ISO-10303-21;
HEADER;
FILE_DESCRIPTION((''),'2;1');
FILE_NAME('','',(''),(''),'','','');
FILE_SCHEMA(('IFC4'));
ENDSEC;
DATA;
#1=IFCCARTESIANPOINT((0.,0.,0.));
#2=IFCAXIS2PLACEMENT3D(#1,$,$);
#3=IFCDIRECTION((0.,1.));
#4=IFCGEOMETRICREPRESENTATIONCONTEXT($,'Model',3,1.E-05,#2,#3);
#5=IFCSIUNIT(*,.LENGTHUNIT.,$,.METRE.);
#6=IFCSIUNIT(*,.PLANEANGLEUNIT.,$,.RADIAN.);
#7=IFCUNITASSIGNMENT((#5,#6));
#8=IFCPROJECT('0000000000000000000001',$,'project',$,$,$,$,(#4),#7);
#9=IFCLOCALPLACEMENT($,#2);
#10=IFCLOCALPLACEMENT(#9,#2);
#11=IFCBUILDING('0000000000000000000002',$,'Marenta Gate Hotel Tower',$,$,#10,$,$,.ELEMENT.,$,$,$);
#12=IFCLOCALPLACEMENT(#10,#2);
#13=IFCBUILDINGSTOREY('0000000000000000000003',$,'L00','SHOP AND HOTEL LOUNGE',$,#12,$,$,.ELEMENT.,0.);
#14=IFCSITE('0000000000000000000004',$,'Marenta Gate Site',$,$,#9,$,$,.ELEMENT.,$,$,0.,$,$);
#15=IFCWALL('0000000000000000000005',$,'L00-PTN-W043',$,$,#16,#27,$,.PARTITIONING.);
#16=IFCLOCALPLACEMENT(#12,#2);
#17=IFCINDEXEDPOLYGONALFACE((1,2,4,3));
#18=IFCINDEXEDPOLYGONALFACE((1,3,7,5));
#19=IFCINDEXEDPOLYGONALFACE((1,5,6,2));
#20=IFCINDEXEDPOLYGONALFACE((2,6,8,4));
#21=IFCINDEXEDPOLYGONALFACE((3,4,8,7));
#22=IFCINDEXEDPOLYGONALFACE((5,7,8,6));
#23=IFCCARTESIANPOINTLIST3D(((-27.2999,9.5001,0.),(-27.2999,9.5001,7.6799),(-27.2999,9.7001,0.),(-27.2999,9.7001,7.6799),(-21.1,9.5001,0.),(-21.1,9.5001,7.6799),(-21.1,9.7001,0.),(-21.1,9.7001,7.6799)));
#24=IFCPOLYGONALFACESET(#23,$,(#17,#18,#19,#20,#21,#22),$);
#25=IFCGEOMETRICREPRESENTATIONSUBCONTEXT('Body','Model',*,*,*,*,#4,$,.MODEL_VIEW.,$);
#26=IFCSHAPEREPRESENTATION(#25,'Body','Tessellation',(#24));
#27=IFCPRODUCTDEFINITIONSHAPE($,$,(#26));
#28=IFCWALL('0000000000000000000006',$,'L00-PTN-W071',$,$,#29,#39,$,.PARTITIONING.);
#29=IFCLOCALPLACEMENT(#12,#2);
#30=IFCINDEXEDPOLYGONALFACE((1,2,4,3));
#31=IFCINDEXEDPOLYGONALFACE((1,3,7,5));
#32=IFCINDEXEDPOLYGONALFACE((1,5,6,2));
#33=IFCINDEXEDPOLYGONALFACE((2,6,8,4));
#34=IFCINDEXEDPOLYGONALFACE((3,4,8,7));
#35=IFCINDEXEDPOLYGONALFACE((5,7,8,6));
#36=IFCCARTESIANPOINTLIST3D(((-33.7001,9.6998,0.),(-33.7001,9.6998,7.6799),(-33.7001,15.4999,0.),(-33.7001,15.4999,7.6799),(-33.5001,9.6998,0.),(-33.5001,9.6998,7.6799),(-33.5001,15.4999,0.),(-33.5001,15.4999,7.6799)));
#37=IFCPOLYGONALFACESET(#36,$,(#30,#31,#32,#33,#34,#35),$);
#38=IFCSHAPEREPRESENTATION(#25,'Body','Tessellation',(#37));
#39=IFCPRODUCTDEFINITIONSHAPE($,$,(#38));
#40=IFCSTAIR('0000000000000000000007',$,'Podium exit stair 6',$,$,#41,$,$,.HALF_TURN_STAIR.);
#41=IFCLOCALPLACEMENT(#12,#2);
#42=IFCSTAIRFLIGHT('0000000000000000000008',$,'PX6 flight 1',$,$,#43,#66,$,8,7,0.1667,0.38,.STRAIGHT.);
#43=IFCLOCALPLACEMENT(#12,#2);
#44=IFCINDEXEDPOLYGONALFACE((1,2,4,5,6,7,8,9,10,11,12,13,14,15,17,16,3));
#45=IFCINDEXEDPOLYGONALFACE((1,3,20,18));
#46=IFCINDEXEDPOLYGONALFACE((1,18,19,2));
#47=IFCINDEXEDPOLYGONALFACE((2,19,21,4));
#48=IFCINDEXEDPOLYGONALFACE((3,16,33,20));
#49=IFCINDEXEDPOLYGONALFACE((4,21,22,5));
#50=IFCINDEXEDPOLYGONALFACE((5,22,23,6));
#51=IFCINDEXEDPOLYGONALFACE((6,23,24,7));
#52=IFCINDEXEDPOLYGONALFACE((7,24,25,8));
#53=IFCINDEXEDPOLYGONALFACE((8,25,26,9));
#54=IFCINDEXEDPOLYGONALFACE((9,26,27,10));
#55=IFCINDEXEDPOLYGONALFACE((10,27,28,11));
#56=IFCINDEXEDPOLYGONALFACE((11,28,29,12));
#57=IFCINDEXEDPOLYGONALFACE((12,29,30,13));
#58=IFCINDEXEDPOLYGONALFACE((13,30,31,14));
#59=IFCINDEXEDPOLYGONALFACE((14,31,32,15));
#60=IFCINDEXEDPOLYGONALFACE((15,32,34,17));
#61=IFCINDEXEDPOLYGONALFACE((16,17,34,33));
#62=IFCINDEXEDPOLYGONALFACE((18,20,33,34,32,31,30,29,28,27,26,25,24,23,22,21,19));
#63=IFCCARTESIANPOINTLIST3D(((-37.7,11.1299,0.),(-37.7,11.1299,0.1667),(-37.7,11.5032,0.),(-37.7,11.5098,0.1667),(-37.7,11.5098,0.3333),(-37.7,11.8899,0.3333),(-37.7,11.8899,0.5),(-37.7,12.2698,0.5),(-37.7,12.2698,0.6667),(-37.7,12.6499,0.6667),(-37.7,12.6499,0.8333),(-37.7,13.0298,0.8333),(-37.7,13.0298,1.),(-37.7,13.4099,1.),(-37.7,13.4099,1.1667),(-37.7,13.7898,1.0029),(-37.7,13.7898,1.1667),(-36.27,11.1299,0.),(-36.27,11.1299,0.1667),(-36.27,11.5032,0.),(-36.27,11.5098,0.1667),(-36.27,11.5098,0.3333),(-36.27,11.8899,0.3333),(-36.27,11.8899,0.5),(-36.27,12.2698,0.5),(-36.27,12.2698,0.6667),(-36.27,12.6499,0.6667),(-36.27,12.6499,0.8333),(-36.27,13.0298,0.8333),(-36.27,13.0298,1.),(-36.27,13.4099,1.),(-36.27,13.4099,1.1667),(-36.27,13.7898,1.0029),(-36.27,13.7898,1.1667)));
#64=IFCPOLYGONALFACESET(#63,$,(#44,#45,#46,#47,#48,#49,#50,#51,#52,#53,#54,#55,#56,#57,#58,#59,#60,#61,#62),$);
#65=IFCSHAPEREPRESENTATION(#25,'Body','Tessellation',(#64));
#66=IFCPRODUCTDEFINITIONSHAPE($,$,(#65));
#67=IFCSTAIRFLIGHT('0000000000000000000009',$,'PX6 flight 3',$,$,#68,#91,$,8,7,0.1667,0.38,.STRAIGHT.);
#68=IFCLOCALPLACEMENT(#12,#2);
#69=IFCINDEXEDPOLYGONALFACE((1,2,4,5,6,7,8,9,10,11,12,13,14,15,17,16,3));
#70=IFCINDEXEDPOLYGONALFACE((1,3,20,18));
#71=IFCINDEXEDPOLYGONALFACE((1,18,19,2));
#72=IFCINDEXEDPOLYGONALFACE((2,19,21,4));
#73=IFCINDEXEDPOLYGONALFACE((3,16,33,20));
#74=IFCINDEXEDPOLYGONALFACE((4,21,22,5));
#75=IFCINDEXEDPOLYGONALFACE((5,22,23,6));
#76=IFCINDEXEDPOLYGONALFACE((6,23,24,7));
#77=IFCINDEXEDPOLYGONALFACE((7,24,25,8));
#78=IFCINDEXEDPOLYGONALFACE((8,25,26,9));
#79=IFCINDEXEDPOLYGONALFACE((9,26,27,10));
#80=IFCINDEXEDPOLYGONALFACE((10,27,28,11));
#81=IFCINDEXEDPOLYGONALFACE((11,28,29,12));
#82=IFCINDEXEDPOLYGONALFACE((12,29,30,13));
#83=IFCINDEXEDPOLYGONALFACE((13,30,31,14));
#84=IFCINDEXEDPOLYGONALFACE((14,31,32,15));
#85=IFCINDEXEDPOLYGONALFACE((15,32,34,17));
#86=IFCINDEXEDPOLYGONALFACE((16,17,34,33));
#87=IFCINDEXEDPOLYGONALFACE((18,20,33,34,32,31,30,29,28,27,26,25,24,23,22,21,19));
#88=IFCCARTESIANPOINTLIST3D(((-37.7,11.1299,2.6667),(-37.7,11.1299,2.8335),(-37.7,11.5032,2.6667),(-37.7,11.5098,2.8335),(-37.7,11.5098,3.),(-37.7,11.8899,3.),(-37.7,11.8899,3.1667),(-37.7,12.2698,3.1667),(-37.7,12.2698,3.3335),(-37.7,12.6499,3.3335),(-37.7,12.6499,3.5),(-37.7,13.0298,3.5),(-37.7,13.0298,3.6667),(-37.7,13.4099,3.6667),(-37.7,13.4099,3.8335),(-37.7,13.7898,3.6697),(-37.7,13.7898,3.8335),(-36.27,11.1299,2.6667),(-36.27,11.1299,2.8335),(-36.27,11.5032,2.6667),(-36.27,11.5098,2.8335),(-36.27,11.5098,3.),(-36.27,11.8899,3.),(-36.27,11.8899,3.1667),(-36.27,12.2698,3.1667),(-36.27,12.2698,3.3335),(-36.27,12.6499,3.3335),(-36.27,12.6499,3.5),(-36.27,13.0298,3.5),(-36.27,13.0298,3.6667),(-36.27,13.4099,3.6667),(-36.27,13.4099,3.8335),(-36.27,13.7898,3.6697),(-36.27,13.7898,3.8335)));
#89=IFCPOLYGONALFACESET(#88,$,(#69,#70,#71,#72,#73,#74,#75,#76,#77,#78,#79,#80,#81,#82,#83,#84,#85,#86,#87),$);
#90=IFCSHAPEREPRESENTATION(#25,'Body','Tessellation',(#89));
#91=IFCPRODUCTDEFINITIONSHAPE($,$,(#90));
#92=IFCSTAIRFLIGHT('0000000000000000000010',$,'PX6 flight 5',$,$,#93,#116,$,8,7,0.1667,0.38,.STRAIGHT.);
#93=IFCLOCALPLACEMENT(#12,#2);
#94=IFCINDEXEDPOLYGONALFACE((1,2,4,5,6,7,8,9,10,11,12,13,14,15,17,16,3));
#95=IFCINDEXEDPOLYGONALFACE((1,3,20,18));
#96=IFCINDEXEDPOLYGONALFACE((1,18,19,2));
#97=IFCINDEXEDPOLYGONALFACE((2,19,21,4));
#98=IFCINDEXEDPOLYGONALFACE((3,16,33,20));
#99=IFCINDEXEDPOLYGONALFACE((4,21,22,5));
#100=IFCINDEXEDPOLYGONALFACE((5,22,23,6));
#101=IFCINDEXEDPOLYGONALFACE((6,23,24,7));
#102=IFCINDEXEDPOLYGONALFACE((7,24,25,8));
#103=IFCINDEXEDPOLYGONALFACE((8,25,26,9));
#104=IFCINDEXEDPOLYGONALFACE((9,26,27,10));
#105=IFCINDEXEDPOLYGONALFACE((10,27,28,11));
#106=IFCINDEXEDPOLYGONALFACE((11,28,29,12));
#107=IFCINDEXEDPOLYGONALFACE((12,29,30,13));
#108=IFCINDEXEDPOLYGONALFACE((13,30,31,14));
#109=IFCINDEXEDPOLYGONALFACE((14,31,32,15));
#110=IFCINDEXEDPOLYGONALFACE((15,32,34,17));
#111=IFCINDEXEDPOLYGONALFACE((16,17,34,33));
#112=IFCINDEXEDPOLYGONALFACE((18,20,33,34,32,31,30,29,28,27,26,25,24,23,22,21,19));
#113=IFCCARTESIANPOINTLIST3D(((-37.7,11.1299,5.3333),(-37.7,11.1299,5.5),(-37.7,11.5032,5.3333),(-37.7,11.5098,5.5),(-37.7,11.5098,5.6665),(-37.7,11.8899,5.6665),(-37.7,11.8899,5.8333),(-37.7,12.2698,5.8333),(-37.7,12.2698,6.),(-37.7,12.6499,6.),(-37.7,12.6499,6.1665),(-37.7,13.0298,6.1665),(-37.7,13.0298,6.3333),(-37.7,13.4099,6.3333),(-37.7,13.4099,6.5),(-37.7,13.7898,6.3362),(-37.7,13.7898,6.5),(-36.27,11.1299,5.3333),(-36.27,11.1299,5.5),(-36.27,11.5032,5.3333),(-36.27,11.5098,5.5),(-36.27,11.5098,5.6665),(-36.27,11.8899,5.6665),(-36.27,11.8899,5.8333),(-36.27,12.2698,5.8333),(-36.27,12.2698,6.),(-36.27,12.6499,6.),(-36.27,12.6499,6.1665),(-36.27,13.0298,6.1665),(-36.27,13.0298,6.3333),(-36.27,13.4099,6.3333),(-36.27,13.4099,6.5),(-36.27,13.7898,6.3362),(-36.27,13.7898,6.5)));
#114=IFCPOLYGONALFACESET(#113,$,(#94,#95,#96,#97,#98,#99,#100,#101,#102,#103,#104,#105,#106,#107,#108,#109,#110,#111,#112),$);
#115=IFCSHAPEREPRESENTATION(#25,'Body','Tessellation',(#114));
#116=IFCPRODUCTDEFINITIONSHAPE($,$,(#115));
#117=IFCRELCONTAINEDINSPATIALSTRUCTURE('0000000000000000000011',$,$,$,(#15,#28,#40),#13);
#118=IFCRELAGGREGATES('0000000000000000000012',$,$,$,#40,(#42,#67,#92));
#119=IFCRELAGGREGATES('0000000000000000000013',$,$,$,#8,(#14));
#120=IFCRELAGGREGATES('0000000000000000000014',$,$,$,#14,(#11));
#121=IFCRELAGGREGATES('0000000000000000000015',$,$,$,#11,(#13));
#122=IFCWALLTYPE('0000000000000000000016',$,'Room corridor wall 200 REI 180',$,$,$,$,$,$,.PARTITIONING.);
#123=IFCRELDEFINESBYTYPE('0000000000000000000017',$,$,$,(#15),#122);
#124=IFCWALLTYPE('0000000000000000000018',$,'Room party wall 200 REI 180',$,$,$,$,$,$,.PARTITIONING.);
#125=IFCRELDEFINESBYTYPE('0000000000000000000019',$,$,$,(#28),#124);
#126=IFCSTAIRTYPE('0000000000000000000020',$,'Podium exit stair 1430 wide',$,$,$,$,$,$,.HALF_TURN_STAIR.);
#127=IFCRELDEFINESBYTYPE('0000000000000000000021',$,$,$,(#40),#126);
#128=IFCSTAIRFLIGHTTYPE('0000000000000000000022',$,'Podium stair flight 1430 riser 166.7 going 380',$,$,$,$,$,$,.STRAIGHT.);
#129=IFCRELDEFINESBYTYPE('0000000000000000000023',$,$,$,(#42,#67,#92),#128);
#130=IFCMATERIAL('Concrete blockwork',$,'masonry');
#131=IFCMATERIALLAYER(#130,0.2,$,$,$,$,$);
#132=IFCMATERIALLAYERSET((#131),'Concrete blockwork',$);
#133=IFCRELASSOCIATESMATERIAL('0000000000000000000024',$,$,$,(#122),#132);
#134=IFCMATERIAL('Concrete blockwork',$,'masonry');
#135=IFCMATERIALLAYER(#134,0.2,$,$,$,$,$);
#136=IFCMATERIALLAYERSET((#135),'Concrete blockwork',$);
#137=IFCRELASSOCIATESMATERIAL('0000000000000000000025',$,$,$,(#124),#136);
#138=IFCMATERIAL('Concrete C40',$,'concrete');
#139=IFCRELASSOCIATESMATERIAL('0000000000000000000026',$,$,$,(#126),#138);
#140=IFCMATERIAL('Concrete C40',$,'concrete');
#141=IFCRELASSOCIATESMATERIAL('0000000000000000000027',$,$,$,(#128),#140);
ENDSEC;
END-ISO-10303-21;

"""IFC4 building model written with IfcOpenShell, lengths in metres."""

from ifc_helpers import new_model, si_unit, direction, frame, frame_2d, origin, place, context, subcontext, project, spatial, polyline, rectangle, outline, extrude, material, layer, layer_set, type_object, element, aggregate, save


model = new_model("IFC4")

# Units and contexts
model_context = context("Model", 3, precision=1e-05, world=origin(), true_north=direction((0.0, 1.0)))
body_context = subcontext(model_context, "Body", "Model", "MODEL_VIEW")
ifc_project = project(units=[si_unit("LENGTHUNIT", "METRE"), si_unit("PLANEANGLEUNIT", "RADIAN")], contexts=[model_context])

# Site, building, storey
site_placement = place(None, origin())
site = spatial("IfcSite", under=ifc_project, at=site_placement, Name="Marenta Gate Site", CompositionType="ELEMENT", RefElevation=0.0)
building_placement = place(site_placement, origin())
building = spatial("IfcBuilding", under=site, at=building_placement, Name="Marenta Gate Hotel Tower", CompositionType="ELEMENT")
storey_placement = place(building_placement, origin())
storey = spatial("IfcBuildingStorey", under=building, at=storey_placement, Name="L00", Description="SHOP AND HOTEL LOUNGE", CompositionType="ELEMENT", Elevation=0.0)

# Shared definitions
ifc_material_1 = material(Name="Concrete blockwork", Category="masonry")
ifc_layer_1 = layer(ifc_material_1, 0.2)
ifc_layer_set_1 = layer_set([ifc_layer_1], Name="Concrete blockwork")
wall_type_1 = type_object("IfcWallType", Name="Room corridor wall 200 REI 180", PredefinedType="PARTITIONING", material=ifc_layer_set_1)

# Walls
wall_1_placement = place(storey_placement, frame((-27.3, 9.6001, 0.0), z_axis=(0.0, 0.0, 1.0), x_axis=(1.0, 0.0, 0.0)))
element("IfcWall", 1, at=wall_1_placement, inside=storey, type_object=wall_type_1, Name="L00-PTN-W043", PredefinedType="PARTITIONING", context=body_context, shape_type="SweptSolid", body=[
    extrude(rectangle(XDim=6.2, YDim=0.2, at=frame_2d((3.1001, 0.0))), origin(), (0.0, 0.0, 1.0), 7.6799),
])
ifc_material_2 = material(Name="Concrete blockwork", Category="masonry")
ifc_layer_2 = layer(ifc_material_2, 0.2)
ifc_layer_set_2 = layer_set([ifc_layer_2], Name="Concrete blockwork")
wall_type_2 = type_object("IfcWallType", Name="Room party wall 200 REI 180", PredefinedType="PARTITIONING", material=ifc_layer_set_2)
wall_2_placement = place(storey_placement, frame((-33.6001, 9.7, 0.0), z_axis=(0.0, 0.0, 1.0), x_axis=(0.0, 1.0, 0.0)))
element("IfcWall", 2, at=wall_2_placement, inside=storey, type_object=wall_type_2, Name="L00-PTN-W071", PredefinedType="PARTITIONING", context=body_context, shape_type="SweptSolid", body=[
    extrude(rectangle(XDim=5.8, YDim=0.2, at=frame_2d((2.8999, 0.0))), origin(), (0.0, 0.0, 1.0), 7.6799),
])

# Stair, stair flights
ifc_material_3 = material(Name="Concrete C40", Category="concrete")
stair_type = type_object("IfcStairType", Name="Podium exit stair 1430 wide", PredefinedType="HALF_TURN_STAIR", material=ifc_material_3)
stair_placement = place(storey_placement, origin())
stair = element("IfcStair", 3, at=stair_placement, inside=storey, type_object=stair_type, Name="Podium exit stair 6", PredefinedType="HALF_TURN_STAIR")
ifc_material_4 = material(Name="Concrete C40", Category="concrete")
stair_flight_type = type_object("IfcStairFlightType", Name="Podium stair flight 1430 riser 166.7 going 380", PredefinedType="STRAIGHT", material=ifc_material_4)
stair_flight_1_placement = place(storey_placement, frame((-36.9851, 11.1299, 0.0), z_axis=(0.0, 0.0, 1.0), x_axis=(0.0, 1.0, 0.0)))
stair_flight_1 = element("IfcStairFlight", 4, at=stair_flight_1_placement, type_object=stair_flight_type, Name="PX6 flight 1", NumberOfRisers=8, NumberOfTreads=7, PredefinedType="STRAIGHT", RiserHeight=0.1667, TreadLength=0.38, context=body_context, shape_type="SweptSolid", body=[
    extrude(outline(polyline([(0.0, 0.0), (0.0, 0.1667), (0.3799, 0.1667), (0.3799, 0.3333), (0.76, 0.3333), (0.76, 0.5), (1.1399, 0.5), (1.1399, 0.6667), (1.52, 0.6667), (1.52, 0.8333), (1.8999, 0.8333), (1.8999, 1.0), (2.28, 1.0), (2.28, 1.1667), (2.6599, 1.1667), (2.6599, 1.3333), (2.6599, 1.0029), (0.3733, 0.0), (0.0, 0.0)])), frame((0.0, 0.7148, 0.0), z_axis=(0.0, -1.0, 0.0), x_axis=(1.0, 0.0, 0.0)), (0.0, 0.0, 1.0), 1.4299),
])
stair_flight_2_placement = place(storey_placement, frame((-36.9851, 11.1299, 2.6667), z_axis=(0.0, 0.0, 1.0), x_axis=(0.0, 1.0, 0.0)))
stair_flight_2 = element("IfcStairFlight", 5, at=stair_flight_2_placement, type_object=stair_flight_type, Name="PX6 flight 3", NumberOfRisers=8, NumberOfTreads=7, PredefinedType="STRAIGHT", RiserHeight=0.1667, TreadLength=0.38, context=body_context, shape_type="SweptSolid", body=[
    extrude(outline(polyline([(0.0, 0.0), (0.0, 0.1667), (0.3799, 0.1667), (0.3799, 0.3333), (0.76, 0.3333), (0.76, 0.5), (1.1399, 0.5), (1.1399, 0.6667), (1.52, 0.6667), (1.52, 0.8333), (1.8999, 0.8333), (1.8999, 1.0), (2.28, 1.0), (2.28, 1.1667), (2.6599, 1.1667), (2.6599, 1.3333), (2.6599, 1.0029), (0.3733, 0.0), (0.0, 0.0)])), frame((0.0, 0.7148, 0.0), z_axis=(0.0, -1.0, 0.0), x_axis=(1.0, 0.0, 0.0)), (0.0, 0.0, 1.0), 1.4299),
])
stair_flight_3_placement = place(storey_placement, frame((-36.9851, 11.1299, 5.3333), z_axis=(0.0, 0.0, 1.0), x_axis=(0.0, 1.0, 0.0)))
stair_flight_3 = element("IfcStairFlight", 6, at=stair_flight_3_placement, type_object=stair_flight_type, Name="PX6 flight 5", NumberOfRisers=8, NumberOfTreads=7, PredefinedType="STRAIGHT", RiserHeight=0.1667, TreadLength=0.38, context=body_context, shape_type="SweptSolid", body=[
    extrude(outline(polyline([(0.0, 0.0), (0.0, 0.1667), (0.3799, 0.1667), (0.3799, 0.3333), (0.76, 0.3333), (0.76, 0.5), (1.1399, 0.5), (1.1399, 0.6667), (1.52, 0.6667), (1.52, 0.8333), (1.8999, 0.8333), (1.8999, 1.0), (2.28, 1.0), (2.28, 1.1667), (2.6599, 1.1667), (2.6599, 1.3333), (2.6599, 1.0029), (0.3733, 0.0), (0.0, 0.0)])), frame((0.0, 0.7148, 0.0), z_axis=(0.0, -1.0, 0.0), x_axis=(1.0, 0.0, 0.0)), (0.0, 0.0, 1.0), 1.4299),
])
aggregate(stair, [stair_flight_1, stair_flight_2, stair_flight_3])

save(model, "model.ifc")
